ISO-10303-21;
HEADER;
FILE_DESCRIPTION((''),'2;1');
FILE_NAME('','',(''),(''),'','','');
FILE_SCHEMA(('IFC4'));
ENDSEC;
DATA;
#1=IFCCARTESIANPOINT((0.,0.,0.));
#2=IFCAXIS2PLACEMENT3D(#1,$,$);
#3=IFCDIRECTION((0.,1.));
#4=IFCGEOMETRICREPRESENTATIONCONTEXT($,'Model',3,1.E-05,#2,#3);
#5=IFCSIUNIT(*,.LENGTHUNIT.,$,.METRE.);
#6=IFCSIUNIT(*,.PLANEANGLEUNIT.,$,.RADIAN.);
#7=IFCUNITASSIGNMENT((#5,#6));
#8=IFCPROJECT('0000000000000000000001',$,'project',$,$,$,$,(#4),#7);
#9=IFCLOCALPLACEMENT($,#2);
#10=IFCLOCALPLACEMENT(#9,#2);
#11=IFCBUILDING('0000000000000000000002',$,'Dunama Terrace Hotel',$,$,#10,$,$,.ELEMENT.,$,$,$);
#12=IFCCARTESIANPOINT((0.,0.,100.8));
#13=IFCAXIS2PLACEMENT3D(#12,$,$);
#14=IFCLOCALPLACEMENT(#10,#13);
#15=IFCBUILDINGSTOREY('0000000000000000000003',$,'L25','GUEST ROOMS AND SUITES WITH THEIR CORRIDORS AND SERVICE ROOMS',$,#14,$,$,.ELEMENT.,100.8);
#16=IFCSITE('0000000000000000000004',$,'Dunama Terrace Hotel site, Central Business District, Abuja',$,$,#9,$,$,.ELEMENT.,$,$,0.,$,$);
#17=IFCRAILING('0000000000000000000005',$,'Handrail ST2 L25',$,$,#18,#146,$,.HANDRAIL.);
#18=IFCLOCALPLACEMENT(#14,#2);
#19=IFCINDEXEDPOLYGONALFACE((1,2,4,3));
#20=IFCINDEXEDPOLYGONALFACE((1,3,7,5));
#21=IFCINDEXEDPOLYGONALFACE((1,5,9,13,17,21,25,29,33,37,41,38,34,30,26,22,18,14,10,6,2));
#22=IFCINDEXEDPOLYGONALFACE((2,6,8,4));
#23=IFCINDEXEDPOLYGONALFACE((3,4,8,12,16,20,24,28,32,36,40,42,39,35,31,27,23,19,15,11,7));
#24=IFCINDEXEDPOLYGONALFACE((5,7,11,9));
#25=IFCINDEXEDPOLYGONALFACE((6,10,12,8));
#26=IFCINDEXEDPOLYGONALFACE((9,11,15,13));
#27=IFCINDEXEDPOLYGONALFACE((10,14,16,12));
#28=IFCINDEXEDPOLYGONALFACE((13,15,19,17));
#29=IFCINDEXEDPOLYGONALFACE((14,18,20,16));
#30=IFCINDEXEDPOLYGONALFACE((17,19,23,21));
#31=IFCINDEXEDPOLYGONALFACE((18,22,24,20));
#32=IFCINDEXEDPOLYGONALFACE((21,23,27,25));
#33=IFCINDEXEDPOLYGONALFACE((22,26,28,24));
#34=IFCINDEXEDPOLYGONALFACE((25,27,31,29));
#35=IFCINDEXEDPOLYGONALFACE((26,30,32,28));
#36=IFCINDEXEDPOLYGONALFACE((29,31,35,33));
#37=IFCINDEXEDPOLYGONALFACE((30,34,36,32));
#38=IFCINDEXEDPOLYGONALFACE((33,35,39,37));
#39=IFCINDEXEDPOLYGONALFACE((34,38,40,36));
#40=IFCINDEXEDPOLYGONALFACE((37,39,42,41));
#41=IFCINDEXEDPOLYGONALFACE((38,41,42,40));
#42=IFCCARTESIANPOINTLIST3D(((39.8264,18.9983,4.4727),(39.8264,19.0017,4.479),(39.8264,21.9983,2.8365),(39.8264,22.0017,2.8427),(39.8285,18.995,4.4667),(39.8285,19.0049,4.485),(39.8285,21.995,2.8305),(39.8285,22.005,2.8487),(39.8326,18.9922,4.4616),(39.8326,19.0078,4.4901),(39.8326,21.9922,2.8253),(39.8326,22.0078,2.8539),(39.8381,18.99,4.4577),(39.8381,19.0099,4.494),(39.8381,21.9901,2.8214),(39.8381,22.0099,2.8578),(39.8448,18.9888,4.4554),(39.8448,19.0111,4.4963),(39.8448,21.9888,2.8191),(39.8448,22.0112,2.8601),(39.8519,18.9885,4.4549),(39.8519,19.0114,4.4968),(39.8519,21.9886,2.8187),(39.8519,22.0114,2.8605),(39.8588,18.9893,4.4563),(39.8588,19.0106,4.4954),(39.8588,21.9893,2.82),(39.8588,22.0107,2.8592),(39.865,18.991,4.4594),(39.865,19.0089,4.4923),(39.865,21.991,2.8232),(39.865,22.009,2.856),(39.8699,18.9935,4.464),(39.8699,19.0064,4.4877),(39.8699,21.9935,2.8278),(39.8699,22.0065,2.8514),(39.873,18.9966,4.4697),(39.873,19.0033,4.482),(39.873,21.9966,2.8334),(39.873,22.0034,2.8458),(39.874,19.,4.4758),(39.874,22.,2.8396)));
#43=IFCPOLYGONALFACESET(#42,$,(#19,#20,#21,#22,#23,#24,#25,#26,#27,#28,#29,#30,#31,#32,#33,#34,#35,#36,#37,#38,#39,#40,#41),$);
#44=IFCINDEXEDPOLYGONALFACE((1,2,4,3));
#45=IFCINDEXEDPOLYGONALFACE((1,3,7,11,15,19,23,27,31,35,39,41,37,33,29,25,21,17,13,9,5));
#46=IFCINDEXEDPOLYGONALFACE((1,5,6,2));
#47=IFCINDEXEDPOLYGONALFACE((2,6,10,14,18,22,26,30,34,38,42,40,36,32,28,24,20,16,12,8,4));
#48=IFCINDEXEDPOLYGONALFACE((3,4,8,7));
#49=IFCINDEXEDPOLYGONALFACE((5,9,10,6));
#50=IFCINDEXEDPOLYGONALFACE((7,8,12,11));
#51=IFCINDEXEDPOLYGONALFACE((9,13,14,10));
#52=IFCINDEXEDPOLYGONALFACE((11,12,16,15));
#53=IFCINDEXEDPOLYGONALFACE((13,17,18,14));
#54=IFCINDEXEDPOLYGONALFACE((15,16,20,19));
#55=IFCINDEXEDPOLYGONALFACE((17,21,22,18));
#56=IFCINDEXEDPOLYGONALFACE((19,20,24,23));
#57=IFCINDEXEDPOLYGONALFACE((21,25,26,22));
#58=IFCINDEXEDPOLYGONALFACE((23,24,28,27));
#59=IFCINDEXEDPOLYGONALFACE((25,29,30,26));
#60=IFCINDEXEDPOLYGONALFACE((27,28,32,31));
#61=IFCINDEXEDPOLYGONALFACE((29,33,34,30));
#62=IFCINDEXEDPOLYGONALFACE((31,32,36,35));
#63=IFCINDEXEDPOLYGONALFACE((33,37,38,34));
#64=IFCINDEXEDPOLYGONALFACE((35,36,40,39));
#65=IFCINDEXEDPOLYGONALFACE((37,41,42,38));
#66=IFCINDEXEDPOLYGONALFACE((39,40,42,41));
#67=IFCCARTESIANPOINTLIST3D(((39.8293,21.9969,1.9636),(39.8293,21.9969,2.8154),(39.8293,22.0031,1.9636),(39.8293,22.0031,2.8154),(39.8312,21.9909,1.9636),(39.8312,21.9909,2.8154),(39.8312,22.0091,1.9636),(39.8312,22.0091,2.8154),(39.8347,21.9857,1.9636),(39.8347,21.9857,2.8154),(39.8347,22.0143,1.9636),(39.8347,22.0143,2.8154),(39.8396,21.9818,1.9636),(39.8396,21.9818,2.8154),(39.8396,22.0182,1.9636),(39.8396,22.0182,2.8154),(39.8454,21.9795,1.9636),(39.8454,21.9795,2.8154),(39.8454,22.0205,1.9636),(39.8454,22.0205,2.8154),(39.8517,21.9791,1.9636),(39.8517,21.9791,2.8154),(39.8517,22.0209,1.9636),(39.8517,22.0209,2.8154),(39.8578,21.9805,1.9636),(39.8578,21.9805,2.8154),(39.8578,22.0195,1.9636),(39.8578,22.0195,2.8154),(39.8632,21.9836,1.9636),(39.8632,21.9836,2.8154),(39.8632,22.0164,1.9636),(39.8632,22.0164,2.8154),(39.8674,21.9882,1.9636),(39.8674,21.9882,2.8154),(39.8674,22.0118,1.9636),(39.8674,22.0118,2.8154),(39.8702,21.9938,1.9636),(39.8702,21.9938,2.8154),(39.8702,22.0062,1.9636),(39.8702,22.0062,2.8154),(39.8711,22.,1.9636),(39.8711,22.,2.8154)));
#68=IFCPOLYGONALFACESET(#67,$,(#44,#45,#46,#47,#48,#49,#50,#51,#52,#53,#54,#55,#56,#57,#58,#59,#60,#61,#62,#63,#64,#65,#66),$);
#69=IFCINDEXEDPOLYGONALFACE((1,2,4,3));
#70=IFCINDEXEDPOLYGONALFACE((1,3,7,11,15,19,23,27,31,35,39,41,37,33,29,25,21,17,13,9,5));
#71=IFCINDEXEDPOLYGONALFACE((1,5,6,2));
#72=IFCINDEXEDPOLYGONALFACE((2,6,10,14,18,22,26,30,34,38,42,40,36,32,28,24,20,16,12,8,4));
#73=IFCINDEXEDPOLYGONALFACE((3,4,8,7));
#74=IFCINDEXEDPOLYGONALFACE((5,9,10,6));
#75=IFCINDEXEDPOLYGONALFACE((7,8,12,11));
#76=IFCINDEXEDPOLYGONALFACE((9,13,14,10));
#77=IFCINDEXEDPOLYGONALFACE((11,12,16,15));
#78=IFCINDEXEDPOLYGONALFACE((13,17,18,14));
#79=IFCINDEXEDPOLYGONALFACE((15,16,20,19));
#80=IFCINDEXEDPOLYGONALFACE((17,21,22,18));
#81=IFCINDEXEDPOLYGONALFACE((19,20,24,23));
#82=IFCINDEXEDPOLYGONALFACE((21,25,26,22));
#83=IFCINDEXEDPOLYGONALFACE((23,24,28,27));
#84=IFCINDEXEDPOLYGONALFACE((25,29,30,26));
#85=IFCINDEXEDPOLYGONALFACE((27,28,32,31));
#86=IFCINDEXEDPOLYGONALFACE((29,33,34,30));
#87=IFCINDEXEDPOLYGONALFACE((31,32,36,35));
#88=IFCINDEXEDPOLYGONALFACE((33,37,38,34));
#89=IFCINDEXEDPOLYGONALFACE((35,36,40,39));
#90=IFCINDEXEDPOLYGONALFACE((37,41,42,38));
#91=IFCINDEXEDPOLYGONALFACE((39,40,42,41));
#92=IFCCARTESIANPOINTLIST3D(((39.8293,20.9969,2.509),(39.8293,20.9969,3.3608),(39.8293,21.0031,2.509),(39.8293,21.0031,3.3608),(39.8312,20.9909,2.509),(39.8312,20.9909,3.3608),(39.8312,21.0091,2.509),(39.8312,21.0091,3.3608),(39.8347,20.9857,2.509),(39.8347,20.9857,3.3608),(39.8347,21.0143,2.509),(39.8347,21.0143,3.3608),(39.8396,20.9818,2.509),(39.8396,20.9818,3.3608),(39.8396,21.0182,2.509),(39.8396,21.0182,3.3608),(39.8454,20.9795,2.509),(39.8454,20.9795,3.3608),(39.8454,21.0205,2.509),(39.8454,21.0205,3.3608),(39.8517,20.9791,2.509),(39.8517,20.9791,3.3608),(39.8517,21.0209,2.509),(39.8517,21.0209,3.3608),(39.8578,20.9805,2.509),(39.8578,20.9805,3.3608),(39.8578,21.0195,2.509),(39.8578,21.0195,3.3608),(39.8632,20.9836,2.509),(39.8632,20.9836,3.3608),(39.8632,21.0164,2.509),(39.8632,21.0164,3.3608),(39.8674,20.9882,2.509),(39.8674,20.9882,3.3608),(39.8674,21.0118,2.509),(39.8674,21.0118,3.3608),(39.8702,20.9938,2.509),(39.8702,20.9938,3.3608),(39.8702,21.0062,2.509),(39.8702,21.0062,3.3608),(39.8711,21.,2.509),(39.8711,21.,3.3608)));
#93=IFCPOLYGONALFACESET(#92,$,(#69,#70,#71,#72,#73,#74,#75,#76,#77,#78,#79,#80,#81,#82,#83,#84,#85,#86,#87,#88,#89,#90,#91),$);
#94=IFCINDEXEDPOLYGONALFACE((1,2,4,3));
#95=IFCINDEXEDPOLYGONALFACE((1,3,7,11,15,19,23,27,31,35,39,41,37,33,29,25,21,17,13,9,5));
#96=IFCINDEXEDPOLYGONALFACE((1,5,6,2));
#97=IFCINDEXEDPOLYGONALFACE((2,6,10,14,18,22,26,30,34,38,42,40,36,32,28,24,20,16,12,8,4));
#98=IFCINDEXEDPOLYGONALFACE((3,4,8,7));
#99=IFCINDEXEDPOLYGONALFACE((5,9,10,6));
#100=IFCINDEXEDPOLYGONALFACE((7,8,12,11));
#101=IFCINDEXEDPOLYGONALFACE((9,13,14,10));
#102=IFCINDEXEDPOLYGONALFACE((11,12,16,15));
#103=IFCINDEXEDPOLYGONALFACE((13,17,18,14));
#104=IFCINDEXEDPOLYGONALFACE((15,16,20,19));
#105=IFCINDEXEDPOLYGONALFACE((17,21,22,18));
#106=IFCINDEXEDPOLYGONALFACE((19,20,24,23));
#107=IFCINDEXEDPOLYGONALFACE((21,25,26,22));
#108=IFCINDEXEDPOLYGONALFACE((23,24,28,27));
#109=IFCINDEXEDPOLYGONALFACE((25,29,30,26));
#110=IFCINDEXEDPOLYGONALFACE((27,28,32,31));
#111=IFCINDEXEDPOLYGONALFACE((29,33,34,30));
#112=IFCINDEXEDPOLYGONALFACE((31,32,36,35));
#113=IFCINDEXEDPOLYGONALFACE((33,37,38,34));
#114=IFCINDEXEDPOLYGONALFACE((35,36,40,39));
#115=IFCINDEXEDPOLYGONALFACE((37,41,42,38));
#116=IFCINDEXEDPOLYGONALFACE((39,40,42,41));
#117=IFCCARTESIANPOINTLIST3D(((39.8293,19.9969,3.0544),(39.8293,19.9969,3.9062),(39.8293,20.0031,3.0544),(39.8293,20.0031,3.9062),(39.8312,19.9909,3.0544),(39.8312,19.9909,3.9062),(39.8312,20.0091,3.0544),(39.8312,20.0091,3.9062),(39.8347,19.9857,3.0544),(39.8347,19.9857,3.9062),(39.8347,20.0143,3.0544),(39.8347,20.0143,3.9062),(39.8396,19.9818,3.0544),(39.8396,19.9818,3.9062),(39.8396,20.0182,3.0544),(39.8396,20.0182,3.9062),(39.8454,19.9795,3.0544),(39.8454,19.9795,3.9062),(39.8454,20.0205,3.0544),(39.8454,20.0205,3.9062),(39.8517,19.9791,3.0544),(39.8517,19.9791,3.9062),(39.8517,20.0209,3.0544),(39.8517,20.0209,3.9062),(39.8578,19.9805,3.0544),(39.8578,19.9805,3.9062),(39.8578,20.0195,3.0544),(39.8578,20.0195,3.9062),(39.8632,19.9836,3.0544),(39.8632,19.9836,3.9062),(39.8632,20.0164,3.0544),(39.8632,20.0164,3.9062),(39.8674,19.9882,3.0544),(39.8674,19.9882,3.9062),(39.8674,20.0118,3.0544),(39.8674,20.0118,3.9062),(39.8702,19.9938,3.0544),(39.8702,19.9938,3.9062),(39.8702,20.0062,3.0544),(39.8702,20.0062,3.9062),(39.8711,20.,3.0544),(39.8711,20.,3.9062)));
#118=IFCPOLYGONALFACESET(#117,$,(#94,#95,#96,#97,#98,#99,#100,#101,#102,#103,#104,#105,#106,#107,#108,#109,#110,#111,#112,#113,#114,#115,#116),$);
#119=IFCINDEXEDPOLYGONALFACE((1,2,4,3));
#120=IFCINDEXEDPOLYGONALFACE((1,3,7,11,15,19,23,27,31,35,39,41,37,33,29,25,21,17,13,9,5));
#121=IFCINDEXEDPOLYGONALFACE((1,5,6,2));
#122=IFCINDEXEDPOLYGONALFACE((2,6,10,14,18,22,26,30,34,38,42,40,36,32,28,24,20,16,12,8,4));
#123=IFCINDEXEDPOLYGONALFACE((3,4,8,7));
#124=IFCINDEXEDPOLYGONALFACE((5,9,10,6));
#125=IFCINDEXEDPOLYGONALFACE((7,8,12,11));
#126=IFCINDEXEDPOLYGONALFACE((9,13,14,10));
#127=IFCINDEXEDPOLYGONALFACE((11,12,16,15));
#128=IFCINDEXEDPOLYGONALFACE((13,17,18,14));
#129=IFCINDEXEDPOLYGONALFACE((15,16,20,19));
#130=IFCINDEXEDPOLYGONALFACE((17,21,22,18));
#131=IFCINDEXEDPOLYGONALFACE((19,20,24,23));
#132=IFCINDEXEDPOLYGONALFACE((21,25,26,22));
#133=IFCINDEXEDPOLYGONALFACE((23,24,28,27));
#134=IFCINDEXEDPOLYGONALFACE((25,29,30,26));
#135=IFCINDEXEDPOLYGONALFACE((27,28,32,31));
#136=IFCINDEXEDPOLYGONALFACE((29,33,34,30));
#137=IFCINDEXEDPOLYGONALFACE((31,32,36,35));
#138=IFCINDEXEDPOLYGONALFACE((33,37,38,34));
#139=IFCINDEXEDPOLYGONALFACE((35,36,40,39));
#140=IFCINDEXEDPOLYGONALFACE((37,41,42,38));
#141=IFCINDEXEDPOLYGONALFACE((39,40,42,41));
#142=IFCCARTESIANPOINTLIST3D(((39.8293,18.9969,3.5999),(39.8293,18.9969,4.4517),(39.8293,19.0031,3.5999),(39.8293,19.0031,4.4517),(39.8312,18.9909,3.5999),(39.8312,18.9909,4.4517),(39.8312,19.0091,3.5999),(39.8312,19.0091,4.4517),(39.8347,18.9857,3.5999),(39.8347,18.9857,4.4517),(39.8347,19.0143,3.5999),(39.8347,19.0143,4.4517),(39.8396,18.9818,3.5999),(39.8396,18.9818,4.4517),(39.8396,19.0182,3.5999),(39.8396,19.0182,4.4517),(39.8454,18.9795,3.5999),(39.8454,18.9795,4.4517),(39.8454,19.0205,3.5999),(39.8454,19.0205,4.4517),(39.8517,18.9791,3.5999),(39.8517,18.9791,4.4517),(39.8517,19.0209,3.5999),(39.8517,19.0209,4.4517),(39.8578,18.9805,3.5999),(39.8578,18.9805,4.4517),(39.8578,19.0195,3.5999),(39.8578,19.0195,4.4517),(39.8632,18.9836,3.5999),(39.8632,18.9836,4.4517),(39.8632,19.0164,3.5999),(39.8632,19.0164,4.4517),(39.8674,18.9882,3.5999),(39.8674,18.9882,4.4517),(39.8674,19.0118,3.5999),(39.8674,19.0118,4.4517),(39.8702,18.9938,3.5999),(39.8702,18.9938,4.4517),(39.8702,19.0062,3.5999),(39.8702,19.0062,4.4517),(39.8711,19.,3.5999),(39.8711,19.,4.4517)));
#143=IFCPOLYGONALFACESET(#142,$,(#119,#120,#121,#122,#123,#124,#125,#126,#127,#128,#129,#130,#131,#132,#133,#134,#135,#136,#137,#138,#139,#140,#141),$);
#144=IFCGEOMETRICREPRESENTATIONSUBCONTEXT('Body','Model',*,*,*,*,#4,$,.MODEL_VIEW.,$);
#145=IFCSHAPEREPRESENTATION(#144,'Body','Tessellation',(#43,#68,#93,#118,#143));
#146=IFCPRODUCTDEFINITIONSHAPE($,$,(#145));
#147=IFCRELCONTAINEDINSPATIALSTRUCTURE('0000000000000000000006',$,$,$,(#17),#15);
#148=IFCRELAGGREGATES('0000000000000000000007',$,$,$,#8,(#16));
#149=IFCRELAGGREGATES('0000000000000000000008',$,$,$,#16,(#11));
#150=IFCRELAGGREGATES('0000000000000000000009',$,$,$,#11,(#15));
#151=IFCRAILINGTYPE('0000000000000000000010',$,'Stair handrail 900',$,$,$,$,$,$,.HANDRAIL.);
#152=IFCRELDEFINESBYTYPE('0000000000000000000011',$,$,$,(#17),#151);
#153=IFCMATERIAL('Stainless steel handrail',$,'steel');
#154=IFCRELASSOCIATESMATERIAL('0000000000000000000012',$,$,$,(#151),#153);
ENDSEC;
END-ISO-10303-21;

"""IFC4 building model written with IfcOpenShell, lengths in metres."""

from ifc_helpers import new_model, si_unit, direction, frame, origin, origin_2d, place, context, subcontext, project, spatial, circle, extrude, material, type_object, element, save


model = new_model("IFC4")

# Units and contexts
model_context = context("Model", 3, precision=1e-05, world=origin(), true_north=direction((0.0, 1.0)))
body_context = subcontext(model_context, "Body", "Model", "MODEL_VIEW")
ifc_project = project(units=[si_unit("LENGTHUNIT", "METRE"), si_unit("PLANEANGLEUNIT", "RADIAN")], contexts=[model_context])

# Site, building, storey
site_placement = place(None, origin())
site = spatial("IfcSite", under=ifc_project, at=site_placement, Name="Dunama Terrace Hotel site, Central Business District, Abuja", CompositionType="ELEMENT", RefElevation=0.0)
building_placement = place(site_placement, origin())
building = spatial("IfcBuilding", under=site, at=building_placement, Name="Dunama Terrace Hotel", CompositionType="ELEMENT")
storey_placement = place(building_placement, frame((0.0, 0.0, 100.8)))
storey = spatial("IfcBuildingStorey", under=building, at=storey_placement, Name="L25", Description="GUEST ROOMS AND SUITES WITH THEIR CORRIDORS AND SERVICE ROOMS", CompositionType="ELEMENT", Elevation=100.8)

# Railing
ifc_material_1 = material(Name="Stainless steel handrail", Category="steel")
railing_type = type_object("IfcRailingType", Name="Stair handrail 900", PredefinedType="HANDRAIL", material=ifc_material_1)
railing_1_placement = place(storey_placement, frame((39.8501, 22.0, 1.9636)))
element("IfcRailing", 1, at=railing_1_placement, inside=storey, type_object=railing_type, Name="Handrail ST2 L25", PredefinedType="HANDRAIL", context=body_context, shape_type="SweptSolid", body=[
    extrude(circle(Radius=0.0239, at=origin_2d()), frame((0.0, 0.0, 0.876), z_axis=(0.0, -0.877912, 0.478822), x_axis=(1.0, 0.0, 0.0)), (0.0, 0.0, 1.0), 3.4172),
    extrude(circle(Radius=0.021, at=origin_2d()), origin(), (0.0, 0.0, 1.0), 0.8518),
    extrude(circle(Radius=0.021, at=origin_2d()), frame((0.0, -1.0, 0.5454)), (0.0, 0.0, 1.0), 0.8518),
    extrude(circle(Radius=0.021, at=origin_2d()), frame((0.0, -2.0, 1.0908)), (0.0, 0.0, 1.0), 0.8518),
    extrude(circle(Radius=0.021, at=origin_2d()), frame((0.0, -3.0, 1.6362)), (0.0, 0.0, 1.0), 0.8518),
])

save(model, "model.ifc")
